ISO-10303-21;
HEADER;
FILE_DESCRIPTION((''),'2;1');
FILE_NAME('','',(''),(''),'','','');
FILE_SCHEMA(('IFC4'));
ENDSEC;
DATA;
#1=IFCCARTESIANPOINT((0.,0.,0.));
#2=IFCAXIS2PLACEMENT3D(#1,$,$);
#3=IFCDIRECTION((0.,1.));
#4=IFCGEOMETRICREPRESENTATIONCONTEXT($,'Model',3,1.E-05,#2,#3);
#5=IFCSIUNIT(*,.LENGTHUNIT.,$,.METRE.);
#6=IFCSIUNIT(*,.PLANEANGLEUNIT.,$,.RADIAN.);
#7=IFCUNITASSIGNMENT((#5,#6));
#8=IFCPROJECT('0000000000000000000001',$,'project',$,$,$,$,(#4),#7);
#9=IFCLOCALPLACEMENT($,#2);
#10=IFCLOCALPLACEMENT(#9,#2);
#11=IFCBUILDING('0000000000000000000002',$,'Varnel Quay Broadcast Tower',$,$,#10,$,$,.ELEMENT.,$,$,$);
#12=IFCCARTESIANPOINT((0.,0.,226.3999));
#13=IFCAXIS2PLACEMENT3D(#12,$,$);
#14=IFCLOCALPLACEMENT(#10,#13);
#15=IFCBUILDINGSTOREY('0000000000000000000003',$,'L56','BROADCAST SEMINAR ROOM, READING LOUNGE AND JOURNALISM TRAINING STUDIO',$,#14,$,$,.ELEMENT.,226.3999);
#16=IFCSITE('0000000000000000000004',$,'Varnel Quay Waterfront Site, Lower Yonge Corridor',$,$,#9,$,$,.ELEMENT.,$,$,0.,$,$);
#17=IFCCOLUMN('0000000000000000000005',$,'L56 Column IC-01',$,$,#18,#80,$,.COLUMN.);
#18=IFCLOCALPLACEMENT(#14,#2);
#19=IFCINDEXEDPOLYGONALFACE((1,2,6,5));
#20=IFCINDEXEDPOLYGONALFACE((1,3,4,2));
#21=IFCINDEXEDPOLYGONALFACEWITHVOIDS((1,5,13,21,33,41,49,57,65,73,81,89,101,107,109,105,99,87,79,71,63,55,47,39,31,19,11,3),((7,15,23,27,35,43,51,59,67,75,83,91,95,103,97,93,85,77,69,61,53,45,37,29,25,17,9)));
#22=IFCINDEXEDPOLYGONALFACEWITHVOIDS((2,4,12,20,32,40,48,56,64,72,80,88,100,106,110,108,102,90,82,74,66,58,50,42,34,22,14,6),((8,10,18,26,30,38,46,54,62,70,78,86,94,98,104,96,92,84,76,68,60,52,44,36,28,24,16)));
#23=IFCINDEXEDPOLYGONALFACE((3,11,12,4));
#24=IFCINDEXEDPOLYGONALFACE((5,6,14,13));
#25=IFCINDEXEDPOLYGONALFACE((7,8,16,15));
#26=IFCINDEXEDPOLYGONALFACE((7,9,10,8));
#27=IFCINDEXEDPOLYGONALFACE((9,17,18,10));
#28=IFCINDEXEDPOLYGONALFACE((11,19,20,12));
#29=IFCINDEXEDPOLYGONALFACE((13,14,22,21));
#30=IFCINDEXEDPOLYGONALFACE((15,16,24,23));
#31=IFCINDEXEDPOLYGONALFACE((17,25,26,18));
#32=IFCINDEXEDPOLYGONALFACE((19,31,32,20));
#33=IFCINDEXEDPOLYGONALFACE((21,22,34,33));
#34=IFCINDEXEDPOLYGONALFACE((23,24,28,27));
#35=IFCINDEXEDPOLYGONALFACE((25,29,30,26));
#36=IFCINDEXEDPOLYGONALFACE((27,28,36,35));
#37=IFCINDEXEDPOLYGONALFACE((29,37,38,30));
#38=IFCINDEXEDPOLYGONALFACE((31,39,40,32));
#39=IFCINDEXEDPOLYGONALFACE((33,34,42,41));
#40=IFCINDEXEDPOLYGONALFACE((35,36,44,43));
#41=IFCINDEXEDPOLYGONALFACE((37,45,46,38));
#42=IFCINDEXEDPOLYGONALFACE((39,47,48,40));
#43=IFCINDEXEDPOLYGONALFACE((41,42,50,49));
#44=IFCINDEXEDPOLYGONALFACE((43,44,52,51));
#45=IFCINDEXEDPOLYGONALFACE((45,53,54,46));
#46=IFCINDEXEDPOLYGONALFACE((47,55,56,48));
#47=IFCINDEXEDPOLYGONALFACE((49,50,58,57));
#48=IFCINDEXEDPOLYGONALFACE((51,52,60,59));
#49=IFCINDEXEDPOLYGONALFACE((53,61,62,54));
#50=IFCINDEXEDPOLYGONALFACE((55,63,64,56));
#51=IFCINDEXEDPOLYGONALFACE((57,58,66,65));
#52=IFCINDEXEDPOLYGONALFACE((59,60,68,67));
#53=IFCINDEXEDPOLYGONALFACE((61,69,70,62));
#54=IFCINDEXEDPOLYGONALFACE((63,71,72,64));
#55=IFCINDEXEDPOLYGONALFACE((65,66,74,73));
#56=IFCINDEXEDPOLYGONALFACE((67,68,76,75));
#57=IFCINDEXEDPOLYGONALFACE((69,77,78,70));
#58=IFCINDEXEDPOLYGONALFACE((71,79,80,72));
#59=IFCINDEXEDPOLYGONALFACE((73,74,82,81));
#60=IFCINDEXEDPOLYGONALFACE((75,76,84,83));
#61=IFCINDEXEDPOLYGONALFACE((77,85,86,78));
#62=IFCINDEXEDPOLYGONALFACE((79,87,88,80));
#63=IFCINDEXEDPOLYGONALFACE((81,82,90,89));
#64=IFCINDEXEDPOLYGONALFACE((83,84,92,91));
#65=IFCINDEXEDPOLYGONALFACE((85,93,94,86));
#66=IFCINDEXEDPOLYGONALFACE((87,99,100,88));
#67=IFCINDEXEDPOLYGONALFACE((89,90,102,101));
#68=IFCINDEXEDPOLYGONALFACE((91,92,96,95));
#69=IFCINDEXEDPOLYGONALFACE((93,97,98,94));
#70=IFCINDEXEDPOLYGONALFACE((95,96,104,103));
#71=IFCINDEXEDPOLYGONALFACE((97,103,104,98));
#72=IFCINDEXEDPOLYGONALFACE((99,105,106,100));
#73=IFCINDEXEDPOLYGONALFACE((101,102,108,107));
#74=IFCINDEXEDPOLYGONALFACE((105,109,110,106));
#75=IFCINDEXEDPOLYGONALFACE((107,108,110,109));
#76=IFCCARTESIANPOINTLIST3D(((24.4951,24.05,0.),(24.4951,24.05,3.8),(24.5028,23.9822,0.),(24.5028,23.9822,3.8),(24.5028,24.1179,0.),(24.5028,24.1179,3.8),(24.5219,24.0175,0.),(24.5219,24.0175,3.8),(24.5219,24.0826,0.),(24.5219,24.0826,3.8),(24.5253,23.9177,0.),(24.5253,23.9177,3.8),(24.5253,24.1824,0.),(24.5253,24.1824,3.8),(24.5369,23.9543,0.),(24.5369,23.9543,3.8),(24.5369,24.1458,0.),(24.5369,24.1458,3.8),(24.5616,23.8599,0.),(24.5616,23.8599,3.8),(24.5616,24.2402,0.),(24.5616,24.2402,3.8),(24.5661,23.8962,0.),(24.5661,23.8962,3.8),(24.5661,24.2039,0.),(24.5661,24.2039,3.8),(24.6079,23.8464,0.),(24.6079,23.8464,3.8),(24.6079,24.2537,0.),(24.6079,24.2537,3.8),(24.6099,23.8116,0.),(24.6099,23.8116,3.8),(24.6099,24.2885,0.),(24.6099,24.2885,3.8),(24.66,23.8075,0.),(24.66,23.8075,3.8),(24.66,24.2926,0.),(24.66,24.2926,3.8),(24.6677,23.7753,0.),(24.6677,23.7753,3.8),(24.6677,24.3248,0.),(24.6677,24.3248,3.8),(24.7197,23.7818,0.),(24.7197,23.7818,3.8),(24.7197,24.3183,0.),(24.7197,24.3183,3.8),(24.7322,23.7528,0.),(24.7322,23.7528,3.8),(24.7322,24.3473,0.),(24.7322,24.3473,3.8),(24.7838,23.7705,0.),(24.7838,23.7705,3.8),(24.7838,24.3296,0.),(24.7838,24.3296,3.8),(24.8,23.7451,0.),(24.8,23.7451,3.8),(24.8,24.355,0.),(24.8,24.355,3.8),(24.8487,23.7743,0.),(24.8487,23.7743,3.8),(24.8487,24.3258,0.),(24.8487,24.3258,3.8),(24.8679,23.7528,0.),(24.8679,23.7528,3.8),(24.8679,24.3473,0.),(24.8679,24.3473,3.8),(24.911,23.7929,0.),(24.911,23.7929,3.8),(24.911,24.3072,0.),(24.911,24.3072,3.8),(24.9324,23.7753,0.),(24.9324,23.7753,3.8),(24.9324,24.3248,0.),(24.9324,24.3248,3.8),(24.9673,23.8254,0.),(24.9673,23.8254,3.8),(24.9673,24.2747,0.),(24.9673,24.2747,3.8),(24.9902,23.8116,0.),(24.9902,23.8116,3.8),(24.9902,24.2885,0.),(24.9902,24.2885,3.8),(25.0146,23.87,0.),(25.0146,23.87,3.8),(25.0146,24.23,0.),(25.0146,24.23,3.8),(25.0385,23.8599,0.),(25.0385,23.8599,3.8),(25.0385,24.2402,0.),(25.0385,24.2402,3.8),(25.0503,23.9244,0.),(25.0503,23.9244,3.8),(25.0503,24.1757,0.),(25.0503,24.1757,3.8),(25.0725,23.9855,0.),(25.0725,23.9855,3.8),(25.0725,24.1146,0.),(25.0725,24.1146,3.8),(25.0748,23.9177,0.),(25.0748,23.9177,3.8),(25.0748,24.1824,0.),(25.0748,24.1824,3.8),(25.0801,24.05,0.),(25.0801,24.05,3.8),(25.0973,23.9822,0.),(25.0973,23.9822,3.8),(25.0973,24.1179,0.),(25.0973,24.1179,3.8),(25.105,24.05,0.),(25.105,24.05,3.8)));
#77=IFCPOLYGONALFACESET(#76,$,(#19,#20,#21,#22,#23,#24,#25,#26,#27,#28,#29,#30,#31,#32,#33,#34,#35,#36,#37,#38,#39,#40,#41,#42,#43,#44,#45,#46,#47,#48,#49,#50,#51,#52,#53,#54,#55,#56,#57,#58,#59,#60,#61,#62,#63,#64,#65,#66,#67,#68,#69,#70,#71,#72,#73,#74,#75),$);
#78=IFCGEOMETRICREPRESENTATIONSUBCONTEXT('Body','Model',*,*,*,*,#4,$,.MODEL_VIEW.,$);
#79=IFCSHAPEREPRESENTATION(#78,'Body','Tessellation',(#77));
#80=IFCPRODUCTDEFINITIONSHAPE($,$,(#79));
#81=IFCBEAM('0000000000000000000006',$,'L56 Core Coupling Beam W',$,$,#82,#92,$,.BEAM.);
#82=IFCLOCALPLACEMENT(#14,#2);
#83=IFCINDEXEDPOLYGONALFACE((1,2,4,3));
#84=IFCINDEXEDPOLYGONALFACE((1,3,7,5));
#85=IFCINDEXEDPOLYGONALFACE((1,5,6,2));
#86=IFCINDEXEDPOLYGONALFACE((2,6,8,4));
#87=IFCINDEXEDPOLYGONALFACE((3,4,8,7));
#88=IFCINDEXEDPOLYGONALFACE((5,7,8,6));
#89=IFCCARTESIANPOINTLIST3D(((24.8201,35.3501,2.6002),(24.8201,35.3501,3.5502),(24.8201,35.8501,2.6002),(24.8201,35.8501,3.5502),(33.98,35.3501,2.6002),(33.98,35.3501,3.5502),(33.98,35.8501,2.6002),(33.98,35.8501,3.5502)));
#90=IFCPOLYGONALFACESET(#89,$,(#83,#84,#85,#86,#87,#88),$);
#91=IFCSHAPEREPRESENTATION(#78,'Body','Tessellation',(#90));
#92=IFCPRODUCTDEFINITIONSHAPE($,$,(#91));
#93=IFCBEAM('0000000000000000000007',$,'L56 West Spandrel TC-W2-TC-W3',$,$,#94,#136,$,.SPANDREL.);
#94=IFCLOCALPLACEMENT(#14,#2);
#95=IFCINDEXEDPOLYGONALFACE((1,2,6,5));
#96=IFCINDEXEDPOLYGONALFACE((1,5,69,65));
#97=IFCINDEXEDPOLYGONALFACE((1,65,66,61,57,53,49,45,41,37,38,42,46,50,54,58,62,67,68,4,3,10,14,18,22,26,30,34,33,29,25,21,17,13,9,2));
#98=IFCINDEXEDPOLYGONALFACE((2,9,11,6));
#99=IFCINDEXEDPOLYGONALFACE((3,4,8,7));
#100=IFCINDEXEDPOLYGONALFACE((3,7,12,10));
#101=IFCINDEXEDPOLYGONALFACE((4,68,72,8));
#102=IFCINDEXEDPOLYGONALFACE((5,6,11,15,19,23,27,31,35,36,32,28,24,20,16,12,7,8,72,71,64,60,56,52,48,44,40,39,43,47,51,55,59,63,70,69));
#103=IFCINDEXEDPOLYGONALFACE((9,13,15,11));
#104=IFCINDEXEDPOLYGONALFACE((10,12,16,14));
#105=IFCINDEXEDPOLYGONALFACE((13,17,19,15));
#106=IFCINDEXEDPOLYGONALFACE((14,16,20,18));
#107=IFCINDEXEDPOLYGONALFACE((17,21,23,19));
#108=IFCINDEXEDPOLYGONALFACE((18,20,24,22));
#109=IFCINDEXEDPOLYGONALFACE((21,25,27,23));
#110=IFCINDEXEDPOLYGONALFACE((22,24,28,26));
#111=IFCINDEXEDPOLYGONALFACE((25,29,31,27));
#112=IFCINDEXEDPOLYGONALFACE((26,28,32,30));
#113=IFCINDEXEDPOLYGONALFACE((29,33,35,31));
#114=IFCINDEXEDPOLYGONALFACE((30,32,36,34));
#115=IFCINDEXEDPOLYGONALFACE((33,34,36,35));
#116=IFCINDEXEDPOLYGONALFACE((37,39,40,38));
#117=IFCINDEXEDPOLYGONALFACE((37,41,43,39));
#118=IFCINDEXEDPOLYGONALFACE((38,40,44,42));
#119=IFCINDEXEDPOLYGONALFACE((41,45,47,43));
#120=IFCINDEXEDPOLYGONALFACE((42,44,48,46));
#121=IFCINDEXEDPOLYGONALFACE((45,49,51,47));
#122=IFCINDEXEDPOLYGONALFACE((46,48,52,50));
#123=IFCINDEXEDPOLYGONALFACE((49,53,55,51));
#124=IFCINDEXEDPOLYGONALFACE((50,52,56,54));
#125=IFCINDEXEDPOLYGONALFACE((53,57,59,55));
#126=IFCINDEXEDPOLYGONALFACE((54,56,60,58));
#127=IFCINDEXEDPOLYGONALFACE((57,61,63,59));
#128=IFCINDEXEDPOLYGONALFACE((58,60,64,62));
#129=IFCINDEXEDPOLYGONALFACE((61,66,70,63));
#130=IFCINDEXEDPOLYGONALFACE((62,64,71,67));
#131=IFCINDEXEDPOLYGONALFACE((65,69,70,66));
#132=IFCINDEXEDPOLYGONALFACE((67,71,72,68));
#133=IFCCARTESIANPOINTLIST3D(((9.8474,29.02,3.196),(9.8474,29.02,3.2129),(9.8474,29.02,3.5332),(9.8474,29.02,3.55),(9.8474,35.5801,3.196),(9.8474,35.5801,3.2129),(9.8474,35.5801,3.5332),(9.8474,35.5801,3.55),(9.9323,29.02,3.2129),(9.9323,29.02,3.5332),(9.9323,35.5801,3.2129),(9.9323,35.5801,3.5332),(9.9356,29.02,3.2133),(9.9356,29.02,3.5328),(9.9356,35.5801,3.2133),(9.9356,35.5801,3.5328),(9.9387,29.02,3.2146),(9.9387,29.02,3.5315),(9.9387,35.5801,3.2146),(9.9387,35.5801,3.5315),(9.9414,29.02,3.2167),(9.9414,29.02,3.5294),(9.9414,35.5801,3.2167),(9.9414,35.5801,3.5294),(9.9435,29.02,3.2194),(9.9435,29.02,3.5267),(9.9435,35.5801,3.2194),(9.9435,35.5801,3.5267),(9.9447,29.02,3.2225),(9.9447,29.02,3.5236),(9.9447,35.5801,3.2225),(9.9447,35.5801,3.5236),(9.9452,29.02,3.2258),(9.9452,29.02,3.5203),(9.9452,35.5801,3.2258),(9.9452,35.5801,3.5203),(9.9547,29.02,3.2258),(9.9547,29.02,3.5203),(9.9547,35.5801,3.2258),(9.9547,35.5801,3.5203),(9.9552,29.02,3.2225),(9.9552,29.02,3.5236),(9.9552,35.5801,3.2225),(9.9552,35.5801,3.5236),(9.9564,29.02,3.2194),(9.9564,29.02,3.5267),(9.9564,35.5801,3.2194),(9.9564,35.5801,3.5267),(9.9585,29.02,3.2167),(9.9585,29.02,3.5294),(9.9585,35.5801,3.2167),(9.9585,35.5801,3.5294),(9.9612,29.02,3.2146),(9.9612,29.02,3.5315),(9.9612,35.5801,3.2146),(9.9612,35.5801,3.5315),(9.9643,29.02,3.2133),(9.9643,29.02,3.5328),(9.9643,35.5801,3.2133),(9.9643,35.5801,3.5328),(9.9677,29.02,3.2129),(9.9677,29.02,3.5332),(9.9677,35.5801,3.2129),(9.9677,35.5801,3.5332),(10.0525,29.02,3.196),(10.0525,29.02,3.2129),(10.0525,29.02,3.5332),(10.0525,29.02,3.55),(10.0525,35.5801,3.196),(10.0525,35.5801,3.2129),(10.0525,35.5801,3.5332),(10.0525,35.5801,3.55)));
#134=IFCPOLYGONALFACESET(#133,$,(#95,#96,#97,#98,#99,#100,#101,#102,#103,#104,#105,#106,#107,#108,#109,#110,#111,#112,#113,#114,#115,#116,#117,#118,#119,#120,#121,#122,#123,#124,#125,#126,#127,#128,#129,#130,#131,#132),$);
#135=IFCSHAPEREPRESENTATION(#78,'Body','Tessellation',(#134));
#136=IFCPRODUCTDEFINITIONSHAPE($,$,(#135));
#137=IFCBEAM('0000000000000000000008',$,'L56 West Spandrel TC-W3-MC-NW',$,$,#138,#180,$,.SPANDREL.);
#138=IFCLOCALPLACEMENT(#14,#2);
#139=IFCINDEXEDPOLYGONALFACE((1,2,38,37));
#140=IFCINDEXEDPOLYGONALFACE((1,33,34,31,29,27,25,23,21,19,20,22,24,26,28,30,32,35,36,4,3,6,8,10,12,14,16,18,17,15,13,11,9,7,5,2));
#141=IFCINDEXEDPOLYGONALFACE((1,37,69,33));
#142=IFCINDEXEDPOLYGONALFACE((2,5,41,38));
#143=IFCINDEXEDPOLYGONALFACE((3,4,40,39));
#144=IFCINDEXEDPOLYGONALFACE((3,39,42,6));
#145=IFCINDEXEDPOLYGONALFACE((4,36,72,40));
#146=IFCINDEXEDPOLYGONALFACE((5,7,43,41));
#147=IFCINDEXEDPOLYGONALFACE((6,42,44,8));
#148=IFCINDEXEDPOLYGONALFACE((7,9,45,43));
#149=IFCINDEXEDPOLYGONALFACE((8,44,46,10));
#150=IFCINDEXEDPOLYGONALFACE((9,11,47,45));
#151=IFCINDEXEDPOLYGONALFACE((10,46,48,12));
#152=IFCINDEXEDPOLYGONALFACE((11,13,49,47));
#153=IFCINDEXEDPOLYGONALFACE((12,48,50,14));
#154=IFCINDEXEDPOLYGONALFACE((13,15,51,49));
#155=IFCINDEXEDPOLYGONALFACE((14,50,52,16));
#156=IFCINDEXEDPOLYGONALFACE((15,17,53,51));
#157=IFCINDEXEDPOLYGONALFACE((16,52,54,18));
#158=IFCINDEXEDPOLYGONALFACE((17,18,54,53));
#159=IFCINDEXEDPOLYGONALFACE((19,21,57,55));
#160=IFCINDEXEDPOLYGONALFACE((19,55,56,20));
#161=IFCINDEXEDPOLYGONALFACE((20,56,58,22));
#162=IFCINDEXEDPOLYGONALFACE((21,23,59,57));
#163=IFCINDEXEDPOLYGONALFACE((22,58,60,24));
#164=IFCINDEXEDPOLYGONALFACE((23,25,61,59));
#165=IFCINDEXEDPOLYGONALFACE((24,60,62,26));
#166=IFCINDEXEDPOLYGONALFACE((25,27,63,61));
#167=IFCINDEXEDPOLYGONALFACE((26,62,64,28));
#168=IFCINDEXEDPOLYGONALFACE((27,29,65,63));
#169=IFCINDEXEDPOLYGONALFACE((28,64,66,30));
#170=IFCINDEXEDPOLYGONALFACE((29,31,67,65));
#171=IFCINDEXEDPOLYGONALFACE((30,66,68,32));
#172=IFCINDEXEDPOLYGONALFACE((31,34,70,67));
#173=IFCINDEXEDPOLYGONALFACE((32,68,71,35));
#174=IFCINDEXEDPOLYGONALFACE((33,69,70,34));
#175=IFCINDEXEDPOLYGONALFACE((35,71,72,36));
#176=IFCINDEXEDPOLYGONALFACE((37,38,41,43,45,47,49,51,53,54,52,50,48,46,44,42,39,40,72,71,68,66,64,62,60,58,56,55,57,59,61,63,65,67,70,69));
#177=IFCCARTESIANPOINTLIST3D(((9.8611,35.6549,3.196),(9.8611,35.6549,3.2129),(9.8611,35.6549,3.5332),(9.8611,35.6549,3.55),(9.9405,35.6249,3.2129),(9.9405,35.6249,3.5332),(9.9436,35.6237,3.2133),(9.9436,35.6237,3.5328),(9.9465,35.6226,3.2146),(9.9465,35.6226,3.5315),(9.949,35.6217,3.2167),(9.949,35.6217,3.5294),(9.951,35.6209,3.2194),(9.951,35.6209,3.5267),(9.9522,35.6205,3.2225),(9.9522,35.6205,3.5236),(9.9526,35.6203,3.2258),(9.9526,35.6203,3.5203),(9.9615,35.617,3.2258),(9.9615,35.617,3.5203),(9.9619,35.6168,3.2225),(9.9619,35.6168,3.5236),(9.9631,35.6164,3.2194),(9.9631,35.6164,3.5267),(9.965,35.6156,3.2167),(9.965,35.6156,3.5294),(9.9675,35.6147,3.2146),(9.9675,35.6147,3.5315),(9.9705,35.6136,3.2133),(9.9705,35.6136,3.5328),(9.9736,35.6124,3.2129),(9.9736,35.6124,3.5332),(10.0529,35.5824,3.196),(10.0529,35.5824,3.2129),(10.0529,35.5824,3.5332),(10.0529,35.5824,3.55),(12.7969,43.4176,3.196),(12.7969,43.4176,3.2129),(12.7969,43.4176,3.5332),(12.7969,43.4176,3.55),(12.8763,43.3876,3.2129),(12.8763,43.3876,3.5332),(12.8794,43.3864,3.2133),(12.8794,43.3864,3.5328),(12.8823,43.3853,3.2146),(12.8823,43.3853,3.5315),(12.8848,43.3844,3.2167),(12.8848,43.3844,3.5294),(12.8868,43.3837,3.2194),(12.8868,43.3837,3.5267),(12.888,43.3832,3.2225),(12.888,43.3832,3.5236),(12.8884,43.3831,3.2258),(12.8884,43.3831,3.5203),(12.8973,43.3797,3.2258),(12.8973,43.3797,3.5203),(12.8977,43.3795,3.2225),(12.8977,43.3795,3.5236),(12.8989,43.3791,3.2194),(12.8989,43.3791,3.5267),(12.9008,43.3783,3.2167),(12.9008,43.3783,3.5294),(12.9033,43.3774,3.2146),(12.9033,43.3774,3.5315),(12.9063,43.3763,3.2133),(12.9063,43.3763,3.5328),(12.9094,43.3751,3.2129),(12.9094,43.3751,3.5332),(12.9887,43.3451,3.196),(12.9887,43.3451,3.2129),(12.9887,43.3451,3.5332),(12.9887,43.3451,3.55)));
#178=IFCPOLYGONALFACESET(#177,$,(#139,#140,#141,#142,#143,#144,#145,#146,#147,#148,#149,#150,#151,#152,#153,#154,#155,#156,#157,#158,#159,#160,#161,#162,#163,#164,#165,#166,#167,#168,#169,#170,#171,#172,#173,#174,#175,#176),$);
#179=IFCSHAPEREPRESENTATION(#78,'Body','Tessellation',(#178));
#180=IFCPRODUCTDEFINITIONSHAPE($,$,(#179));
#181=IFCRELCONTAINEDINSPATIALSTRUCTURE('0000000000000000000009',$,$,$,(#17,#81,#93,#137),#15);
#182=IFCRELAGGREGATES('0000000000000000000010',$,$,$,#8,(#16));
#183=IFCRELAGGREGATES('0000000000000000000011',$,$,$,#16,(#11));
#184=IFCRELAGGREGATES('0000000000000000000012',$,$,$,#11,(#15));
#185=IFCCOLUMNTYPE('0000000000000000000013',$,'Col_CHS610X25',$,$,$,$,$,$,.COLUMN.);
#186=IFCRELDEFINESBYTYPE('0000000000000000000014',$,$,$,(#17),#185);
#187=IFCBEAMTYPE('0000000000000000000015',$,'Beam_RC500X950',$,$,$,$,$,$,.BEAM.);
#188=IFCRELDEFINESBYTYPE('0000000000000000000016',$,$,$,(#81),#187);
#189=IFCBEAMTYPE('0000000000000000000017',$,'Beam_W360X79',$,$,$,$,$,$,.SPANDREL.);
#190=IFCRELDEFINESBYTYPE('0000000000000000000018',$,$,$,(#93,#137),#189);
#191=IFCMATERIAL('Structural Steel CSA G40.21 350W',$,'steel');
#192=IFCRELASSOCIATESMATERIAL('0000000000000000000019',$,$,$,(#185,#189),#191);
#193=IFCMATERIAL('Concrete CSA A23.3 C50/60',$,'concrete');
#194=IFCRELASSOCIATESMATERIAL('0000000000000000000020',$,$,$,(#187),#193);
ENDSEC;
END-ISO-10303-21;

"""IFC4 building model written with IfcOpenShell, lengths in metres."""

from ifc_helpers import new_model, si_unit, direction, frame, origin, origin_2d, place, context, subcontext, project, spatial, rectangle, hollow_circle, i_section, extrude, source, transform, mapped, material, material_profile, profile_set, type_object, type_shapes, element, save


model = new_model("IFC4")

# Units and contexts
model_context = context("Model", 3, precision=1e-05, world=origin(), true_north=direction((0.0, 1.0)))
body_context = subcontext(model_context, "Body", "Model", "MODEL_VIEW")
ifc_project = project(units=[si_unit("LENGTHUNIT", "METRE"), si_unit("PLANEANGLEUNIT", "RADIAN")], contexts=[model_context])

# Site, building, storey
site_placement = place(None, origin())
site = spatial("IfcSite", under=ifc_project, at=site_placement, Name="Varnel Quay Waterfront Site, Lower Yonge Corridor", CompositionType="ELEMENT", RefElevation=0.0)
building_placement = place(site_placement, origin())
building = spatial("IfcBuilding", under=site, at=building_placement, Name="Varnel Quay Broadcast Tower", CompositionType="ELEMENT")
storey_placement = place(building_placement, frame((0.0, 0.0, 226.3999)))
storey = spatial("IfcBuildingStorey", under=building, at=storey_placement, Name="L56", Description="BROADCAST SEMINAR ROOM, READING LOUNGE AND JOURNALISM TRAINING STUDIO", CompositionType="ELEMENT", Elevation=226.3999)

# Column
ifc_material_1 = material(Name="Structural Steel CSA G40.21 350W", Category="steel")
ifc_material_profile_1 = material_profile(ifc_material_1, hollow_circle(Radius=0.3049, WallThickness=0.0249, at=origin_2d()), Name="CHS610X25")
ifc_profile_set_1 = profile_set([ifc_material_profile_1], Name="Structural Steel CSA G40.21 350W")
column_type_1 = type_object("IfcColumnType", Name="Col_CHS610X25", PredefinedType="COLUMN", material=ifc_profile_set_1)
shared_shape_1 = source(origin(), body_context, "Body", "SweptSolid", [
    extrude(hollow_circle(Radius=0.3049, WallThickness=0.0249, at=origin_2d()), origin(), (0.0, 0.0, 1.0), 3.8),
])
type_shapes(column_type_1, [shared_shape_1])
column_placement = place(storey_placement, frame((24.8, 24.05, 0.0), z_axis=(0.0, 0.0, 1.0), x_axis=(1.0, 0.0, 0.0)))
element("IfcColumn", 1, at=column_placement, inside=storey, type_object=column_type_1, Name="L56 Column IC-01", PredefinedType="COLUMN", context=body_context, shape_type="MappedRepresentation", body=[
    mapped(shared_shape_1, transform((0.0, 0.0, 0.0), x_axis=(1.0, 0.0, 0.0), y_axis=(0.0, 1.0, 0.0), z_axis=(0.0, 0.0, 1.0), scale=1.0)),
])

# Beams
ifc_material_2 = material(Name="Concrete CSA A23.3 C50/60", Category="concrete")
ifc_material_profile_2 = material_profile(ifc_material_2, rectangle(XDim=0.5, YDim=0.95, at=origin_2d()), Name="RC500X950")
ifc_profile_set_2 = profile_set([ifc_material_profile_2], Name="Concrete CSA A23.3 C50/60")
beam_type_1 = type_object("IfcBeamType", Name="Beam_RC500X950", PredefinedType="BEAM", material=ifc_profile_set_2)
shared_shape_2 = source(origin(), body_context, "Body", "SweptSolid", [
    extrude(rectangle(XDim=0.5, YDim=0.95, at=origin_2d()), origin(), (0.0, 0.0, 1.0), 9.1599),
])
type_shapes(beam_type_1, [shared_shape_2])
beam_1_placement = place(storey_placement, frame((24.8201, 35.6001, 3.0752), z_axis=(1.0, 0.0, 0.0), x_axis=(0.0, 1.0, 0.0)))
element("IfcBeam", 2, at=beam_1_placement, inside=storey, type_object=beam_type_1, Name="L56 Core Coupling Beam W", PredefinedType="BEAM", context=body_context, shape_type="MappedRepresentation", body=[
    mapped(shared_shape_2, transform((0.0, 0.0, 0.0), x_axis=(1.0, 0.0, 0.0), y_axis=(0.0, 1.0, 0.0), z_axis=(0.0, 0.0, 1.0), scale=1.0)),
])
ifc_material_profile_3 = material_profile(ifc_material_1, i_section(OverallWidth=0.2051, OverallDepth=0.354, WebThickness=0.0095, FlangeThickness=0.0168, FilletRadius=0.0129, at=origin_2d()), Name="W360X79")
ifc_profile_set_3 = profile_set([ifc_material_profile_3], Name="Structural Steel CSA G40.21 350W")
beam_type_2 = type_object("IfcBeamType", Name="Beam_W360X79", PredefinedType="SPANDREL", material=ifc_profile_set_3)
shared_shape_3 = source(origin(), body_context, "Body", "SweptSolid", [
    extrude(i_section(OverallWidth=0.2051, OverallDepth=0.354, WebThickness=0.0095, FlangeThickness=0.0168, FilletRadius=0.0129, at=origin_2d()), origin(), (0.0, 0.0, 1.0), 6.5601),
])
beam_2_placement = place(storey_placement, frame((9.95, 29.02, 3.373), z_axis=(0.0, 1.0, 0.0), x_axis=(-1.0, 0.0, 0.0)))
element("IfcBeam", 3, at=beam_2_placement, inside=storey, type_object=beam_type_2, Name="L56 West Spandrel TC-W2-TC-W3", PredefinedType="SPANDREL", context=body_context, shape_type="MappedRepresentation", body=[
    mapped(shared_shape_3, transform((0.0, 0.0, 0.0), x_axis=(1.0, 0.0, 0.0), y_axis=(0.0, 1.0, 0.0), z_axis=(0.0, 0.0, 1.0), scale=1.0)),
])
shared_shape_4 = source(origin(), body_context, "Body", "SweptSolid", [
    extrude(i_section(OverallWidth=0.2051, OverallDepth=0.354, WebThickness=0.0095, FlangeThickness=0.0168, FilletRadius=0.0129, at=origin_2d()), origin(), (0.0, 0.0, 1.0), 8.2993),
])
type_shapes(beam_type_2, [shared_shape_3, shared_shape_4])
beam_3_placement = place(storey_placement, frame((9.957, 35.6187, 3.373), z_axis=(0.35374, 0.935344, 0.0), x_axis=(-0.935344, 0.35374, 0.0)))
element("IfcBeam", 4, at=beam_3_placement, inside=storey, type_object=beam_type_2, Name="L56 West Spandrel TC-W3-MC-NW", PredefinedType="SPANDREL", context=body_context, shape_type="MappedRepresentation", body=[
    mapped(shared_shape_4, transform((0.0, 0.0, 0.0), x_axis=(1.0, 0.0, 0.0), y_axis=(0.0, 1.0, 0.0), z_axis=(0.0, 0.0, 1.0), scale=1.0)),
])

save(model, "model.ifc")
